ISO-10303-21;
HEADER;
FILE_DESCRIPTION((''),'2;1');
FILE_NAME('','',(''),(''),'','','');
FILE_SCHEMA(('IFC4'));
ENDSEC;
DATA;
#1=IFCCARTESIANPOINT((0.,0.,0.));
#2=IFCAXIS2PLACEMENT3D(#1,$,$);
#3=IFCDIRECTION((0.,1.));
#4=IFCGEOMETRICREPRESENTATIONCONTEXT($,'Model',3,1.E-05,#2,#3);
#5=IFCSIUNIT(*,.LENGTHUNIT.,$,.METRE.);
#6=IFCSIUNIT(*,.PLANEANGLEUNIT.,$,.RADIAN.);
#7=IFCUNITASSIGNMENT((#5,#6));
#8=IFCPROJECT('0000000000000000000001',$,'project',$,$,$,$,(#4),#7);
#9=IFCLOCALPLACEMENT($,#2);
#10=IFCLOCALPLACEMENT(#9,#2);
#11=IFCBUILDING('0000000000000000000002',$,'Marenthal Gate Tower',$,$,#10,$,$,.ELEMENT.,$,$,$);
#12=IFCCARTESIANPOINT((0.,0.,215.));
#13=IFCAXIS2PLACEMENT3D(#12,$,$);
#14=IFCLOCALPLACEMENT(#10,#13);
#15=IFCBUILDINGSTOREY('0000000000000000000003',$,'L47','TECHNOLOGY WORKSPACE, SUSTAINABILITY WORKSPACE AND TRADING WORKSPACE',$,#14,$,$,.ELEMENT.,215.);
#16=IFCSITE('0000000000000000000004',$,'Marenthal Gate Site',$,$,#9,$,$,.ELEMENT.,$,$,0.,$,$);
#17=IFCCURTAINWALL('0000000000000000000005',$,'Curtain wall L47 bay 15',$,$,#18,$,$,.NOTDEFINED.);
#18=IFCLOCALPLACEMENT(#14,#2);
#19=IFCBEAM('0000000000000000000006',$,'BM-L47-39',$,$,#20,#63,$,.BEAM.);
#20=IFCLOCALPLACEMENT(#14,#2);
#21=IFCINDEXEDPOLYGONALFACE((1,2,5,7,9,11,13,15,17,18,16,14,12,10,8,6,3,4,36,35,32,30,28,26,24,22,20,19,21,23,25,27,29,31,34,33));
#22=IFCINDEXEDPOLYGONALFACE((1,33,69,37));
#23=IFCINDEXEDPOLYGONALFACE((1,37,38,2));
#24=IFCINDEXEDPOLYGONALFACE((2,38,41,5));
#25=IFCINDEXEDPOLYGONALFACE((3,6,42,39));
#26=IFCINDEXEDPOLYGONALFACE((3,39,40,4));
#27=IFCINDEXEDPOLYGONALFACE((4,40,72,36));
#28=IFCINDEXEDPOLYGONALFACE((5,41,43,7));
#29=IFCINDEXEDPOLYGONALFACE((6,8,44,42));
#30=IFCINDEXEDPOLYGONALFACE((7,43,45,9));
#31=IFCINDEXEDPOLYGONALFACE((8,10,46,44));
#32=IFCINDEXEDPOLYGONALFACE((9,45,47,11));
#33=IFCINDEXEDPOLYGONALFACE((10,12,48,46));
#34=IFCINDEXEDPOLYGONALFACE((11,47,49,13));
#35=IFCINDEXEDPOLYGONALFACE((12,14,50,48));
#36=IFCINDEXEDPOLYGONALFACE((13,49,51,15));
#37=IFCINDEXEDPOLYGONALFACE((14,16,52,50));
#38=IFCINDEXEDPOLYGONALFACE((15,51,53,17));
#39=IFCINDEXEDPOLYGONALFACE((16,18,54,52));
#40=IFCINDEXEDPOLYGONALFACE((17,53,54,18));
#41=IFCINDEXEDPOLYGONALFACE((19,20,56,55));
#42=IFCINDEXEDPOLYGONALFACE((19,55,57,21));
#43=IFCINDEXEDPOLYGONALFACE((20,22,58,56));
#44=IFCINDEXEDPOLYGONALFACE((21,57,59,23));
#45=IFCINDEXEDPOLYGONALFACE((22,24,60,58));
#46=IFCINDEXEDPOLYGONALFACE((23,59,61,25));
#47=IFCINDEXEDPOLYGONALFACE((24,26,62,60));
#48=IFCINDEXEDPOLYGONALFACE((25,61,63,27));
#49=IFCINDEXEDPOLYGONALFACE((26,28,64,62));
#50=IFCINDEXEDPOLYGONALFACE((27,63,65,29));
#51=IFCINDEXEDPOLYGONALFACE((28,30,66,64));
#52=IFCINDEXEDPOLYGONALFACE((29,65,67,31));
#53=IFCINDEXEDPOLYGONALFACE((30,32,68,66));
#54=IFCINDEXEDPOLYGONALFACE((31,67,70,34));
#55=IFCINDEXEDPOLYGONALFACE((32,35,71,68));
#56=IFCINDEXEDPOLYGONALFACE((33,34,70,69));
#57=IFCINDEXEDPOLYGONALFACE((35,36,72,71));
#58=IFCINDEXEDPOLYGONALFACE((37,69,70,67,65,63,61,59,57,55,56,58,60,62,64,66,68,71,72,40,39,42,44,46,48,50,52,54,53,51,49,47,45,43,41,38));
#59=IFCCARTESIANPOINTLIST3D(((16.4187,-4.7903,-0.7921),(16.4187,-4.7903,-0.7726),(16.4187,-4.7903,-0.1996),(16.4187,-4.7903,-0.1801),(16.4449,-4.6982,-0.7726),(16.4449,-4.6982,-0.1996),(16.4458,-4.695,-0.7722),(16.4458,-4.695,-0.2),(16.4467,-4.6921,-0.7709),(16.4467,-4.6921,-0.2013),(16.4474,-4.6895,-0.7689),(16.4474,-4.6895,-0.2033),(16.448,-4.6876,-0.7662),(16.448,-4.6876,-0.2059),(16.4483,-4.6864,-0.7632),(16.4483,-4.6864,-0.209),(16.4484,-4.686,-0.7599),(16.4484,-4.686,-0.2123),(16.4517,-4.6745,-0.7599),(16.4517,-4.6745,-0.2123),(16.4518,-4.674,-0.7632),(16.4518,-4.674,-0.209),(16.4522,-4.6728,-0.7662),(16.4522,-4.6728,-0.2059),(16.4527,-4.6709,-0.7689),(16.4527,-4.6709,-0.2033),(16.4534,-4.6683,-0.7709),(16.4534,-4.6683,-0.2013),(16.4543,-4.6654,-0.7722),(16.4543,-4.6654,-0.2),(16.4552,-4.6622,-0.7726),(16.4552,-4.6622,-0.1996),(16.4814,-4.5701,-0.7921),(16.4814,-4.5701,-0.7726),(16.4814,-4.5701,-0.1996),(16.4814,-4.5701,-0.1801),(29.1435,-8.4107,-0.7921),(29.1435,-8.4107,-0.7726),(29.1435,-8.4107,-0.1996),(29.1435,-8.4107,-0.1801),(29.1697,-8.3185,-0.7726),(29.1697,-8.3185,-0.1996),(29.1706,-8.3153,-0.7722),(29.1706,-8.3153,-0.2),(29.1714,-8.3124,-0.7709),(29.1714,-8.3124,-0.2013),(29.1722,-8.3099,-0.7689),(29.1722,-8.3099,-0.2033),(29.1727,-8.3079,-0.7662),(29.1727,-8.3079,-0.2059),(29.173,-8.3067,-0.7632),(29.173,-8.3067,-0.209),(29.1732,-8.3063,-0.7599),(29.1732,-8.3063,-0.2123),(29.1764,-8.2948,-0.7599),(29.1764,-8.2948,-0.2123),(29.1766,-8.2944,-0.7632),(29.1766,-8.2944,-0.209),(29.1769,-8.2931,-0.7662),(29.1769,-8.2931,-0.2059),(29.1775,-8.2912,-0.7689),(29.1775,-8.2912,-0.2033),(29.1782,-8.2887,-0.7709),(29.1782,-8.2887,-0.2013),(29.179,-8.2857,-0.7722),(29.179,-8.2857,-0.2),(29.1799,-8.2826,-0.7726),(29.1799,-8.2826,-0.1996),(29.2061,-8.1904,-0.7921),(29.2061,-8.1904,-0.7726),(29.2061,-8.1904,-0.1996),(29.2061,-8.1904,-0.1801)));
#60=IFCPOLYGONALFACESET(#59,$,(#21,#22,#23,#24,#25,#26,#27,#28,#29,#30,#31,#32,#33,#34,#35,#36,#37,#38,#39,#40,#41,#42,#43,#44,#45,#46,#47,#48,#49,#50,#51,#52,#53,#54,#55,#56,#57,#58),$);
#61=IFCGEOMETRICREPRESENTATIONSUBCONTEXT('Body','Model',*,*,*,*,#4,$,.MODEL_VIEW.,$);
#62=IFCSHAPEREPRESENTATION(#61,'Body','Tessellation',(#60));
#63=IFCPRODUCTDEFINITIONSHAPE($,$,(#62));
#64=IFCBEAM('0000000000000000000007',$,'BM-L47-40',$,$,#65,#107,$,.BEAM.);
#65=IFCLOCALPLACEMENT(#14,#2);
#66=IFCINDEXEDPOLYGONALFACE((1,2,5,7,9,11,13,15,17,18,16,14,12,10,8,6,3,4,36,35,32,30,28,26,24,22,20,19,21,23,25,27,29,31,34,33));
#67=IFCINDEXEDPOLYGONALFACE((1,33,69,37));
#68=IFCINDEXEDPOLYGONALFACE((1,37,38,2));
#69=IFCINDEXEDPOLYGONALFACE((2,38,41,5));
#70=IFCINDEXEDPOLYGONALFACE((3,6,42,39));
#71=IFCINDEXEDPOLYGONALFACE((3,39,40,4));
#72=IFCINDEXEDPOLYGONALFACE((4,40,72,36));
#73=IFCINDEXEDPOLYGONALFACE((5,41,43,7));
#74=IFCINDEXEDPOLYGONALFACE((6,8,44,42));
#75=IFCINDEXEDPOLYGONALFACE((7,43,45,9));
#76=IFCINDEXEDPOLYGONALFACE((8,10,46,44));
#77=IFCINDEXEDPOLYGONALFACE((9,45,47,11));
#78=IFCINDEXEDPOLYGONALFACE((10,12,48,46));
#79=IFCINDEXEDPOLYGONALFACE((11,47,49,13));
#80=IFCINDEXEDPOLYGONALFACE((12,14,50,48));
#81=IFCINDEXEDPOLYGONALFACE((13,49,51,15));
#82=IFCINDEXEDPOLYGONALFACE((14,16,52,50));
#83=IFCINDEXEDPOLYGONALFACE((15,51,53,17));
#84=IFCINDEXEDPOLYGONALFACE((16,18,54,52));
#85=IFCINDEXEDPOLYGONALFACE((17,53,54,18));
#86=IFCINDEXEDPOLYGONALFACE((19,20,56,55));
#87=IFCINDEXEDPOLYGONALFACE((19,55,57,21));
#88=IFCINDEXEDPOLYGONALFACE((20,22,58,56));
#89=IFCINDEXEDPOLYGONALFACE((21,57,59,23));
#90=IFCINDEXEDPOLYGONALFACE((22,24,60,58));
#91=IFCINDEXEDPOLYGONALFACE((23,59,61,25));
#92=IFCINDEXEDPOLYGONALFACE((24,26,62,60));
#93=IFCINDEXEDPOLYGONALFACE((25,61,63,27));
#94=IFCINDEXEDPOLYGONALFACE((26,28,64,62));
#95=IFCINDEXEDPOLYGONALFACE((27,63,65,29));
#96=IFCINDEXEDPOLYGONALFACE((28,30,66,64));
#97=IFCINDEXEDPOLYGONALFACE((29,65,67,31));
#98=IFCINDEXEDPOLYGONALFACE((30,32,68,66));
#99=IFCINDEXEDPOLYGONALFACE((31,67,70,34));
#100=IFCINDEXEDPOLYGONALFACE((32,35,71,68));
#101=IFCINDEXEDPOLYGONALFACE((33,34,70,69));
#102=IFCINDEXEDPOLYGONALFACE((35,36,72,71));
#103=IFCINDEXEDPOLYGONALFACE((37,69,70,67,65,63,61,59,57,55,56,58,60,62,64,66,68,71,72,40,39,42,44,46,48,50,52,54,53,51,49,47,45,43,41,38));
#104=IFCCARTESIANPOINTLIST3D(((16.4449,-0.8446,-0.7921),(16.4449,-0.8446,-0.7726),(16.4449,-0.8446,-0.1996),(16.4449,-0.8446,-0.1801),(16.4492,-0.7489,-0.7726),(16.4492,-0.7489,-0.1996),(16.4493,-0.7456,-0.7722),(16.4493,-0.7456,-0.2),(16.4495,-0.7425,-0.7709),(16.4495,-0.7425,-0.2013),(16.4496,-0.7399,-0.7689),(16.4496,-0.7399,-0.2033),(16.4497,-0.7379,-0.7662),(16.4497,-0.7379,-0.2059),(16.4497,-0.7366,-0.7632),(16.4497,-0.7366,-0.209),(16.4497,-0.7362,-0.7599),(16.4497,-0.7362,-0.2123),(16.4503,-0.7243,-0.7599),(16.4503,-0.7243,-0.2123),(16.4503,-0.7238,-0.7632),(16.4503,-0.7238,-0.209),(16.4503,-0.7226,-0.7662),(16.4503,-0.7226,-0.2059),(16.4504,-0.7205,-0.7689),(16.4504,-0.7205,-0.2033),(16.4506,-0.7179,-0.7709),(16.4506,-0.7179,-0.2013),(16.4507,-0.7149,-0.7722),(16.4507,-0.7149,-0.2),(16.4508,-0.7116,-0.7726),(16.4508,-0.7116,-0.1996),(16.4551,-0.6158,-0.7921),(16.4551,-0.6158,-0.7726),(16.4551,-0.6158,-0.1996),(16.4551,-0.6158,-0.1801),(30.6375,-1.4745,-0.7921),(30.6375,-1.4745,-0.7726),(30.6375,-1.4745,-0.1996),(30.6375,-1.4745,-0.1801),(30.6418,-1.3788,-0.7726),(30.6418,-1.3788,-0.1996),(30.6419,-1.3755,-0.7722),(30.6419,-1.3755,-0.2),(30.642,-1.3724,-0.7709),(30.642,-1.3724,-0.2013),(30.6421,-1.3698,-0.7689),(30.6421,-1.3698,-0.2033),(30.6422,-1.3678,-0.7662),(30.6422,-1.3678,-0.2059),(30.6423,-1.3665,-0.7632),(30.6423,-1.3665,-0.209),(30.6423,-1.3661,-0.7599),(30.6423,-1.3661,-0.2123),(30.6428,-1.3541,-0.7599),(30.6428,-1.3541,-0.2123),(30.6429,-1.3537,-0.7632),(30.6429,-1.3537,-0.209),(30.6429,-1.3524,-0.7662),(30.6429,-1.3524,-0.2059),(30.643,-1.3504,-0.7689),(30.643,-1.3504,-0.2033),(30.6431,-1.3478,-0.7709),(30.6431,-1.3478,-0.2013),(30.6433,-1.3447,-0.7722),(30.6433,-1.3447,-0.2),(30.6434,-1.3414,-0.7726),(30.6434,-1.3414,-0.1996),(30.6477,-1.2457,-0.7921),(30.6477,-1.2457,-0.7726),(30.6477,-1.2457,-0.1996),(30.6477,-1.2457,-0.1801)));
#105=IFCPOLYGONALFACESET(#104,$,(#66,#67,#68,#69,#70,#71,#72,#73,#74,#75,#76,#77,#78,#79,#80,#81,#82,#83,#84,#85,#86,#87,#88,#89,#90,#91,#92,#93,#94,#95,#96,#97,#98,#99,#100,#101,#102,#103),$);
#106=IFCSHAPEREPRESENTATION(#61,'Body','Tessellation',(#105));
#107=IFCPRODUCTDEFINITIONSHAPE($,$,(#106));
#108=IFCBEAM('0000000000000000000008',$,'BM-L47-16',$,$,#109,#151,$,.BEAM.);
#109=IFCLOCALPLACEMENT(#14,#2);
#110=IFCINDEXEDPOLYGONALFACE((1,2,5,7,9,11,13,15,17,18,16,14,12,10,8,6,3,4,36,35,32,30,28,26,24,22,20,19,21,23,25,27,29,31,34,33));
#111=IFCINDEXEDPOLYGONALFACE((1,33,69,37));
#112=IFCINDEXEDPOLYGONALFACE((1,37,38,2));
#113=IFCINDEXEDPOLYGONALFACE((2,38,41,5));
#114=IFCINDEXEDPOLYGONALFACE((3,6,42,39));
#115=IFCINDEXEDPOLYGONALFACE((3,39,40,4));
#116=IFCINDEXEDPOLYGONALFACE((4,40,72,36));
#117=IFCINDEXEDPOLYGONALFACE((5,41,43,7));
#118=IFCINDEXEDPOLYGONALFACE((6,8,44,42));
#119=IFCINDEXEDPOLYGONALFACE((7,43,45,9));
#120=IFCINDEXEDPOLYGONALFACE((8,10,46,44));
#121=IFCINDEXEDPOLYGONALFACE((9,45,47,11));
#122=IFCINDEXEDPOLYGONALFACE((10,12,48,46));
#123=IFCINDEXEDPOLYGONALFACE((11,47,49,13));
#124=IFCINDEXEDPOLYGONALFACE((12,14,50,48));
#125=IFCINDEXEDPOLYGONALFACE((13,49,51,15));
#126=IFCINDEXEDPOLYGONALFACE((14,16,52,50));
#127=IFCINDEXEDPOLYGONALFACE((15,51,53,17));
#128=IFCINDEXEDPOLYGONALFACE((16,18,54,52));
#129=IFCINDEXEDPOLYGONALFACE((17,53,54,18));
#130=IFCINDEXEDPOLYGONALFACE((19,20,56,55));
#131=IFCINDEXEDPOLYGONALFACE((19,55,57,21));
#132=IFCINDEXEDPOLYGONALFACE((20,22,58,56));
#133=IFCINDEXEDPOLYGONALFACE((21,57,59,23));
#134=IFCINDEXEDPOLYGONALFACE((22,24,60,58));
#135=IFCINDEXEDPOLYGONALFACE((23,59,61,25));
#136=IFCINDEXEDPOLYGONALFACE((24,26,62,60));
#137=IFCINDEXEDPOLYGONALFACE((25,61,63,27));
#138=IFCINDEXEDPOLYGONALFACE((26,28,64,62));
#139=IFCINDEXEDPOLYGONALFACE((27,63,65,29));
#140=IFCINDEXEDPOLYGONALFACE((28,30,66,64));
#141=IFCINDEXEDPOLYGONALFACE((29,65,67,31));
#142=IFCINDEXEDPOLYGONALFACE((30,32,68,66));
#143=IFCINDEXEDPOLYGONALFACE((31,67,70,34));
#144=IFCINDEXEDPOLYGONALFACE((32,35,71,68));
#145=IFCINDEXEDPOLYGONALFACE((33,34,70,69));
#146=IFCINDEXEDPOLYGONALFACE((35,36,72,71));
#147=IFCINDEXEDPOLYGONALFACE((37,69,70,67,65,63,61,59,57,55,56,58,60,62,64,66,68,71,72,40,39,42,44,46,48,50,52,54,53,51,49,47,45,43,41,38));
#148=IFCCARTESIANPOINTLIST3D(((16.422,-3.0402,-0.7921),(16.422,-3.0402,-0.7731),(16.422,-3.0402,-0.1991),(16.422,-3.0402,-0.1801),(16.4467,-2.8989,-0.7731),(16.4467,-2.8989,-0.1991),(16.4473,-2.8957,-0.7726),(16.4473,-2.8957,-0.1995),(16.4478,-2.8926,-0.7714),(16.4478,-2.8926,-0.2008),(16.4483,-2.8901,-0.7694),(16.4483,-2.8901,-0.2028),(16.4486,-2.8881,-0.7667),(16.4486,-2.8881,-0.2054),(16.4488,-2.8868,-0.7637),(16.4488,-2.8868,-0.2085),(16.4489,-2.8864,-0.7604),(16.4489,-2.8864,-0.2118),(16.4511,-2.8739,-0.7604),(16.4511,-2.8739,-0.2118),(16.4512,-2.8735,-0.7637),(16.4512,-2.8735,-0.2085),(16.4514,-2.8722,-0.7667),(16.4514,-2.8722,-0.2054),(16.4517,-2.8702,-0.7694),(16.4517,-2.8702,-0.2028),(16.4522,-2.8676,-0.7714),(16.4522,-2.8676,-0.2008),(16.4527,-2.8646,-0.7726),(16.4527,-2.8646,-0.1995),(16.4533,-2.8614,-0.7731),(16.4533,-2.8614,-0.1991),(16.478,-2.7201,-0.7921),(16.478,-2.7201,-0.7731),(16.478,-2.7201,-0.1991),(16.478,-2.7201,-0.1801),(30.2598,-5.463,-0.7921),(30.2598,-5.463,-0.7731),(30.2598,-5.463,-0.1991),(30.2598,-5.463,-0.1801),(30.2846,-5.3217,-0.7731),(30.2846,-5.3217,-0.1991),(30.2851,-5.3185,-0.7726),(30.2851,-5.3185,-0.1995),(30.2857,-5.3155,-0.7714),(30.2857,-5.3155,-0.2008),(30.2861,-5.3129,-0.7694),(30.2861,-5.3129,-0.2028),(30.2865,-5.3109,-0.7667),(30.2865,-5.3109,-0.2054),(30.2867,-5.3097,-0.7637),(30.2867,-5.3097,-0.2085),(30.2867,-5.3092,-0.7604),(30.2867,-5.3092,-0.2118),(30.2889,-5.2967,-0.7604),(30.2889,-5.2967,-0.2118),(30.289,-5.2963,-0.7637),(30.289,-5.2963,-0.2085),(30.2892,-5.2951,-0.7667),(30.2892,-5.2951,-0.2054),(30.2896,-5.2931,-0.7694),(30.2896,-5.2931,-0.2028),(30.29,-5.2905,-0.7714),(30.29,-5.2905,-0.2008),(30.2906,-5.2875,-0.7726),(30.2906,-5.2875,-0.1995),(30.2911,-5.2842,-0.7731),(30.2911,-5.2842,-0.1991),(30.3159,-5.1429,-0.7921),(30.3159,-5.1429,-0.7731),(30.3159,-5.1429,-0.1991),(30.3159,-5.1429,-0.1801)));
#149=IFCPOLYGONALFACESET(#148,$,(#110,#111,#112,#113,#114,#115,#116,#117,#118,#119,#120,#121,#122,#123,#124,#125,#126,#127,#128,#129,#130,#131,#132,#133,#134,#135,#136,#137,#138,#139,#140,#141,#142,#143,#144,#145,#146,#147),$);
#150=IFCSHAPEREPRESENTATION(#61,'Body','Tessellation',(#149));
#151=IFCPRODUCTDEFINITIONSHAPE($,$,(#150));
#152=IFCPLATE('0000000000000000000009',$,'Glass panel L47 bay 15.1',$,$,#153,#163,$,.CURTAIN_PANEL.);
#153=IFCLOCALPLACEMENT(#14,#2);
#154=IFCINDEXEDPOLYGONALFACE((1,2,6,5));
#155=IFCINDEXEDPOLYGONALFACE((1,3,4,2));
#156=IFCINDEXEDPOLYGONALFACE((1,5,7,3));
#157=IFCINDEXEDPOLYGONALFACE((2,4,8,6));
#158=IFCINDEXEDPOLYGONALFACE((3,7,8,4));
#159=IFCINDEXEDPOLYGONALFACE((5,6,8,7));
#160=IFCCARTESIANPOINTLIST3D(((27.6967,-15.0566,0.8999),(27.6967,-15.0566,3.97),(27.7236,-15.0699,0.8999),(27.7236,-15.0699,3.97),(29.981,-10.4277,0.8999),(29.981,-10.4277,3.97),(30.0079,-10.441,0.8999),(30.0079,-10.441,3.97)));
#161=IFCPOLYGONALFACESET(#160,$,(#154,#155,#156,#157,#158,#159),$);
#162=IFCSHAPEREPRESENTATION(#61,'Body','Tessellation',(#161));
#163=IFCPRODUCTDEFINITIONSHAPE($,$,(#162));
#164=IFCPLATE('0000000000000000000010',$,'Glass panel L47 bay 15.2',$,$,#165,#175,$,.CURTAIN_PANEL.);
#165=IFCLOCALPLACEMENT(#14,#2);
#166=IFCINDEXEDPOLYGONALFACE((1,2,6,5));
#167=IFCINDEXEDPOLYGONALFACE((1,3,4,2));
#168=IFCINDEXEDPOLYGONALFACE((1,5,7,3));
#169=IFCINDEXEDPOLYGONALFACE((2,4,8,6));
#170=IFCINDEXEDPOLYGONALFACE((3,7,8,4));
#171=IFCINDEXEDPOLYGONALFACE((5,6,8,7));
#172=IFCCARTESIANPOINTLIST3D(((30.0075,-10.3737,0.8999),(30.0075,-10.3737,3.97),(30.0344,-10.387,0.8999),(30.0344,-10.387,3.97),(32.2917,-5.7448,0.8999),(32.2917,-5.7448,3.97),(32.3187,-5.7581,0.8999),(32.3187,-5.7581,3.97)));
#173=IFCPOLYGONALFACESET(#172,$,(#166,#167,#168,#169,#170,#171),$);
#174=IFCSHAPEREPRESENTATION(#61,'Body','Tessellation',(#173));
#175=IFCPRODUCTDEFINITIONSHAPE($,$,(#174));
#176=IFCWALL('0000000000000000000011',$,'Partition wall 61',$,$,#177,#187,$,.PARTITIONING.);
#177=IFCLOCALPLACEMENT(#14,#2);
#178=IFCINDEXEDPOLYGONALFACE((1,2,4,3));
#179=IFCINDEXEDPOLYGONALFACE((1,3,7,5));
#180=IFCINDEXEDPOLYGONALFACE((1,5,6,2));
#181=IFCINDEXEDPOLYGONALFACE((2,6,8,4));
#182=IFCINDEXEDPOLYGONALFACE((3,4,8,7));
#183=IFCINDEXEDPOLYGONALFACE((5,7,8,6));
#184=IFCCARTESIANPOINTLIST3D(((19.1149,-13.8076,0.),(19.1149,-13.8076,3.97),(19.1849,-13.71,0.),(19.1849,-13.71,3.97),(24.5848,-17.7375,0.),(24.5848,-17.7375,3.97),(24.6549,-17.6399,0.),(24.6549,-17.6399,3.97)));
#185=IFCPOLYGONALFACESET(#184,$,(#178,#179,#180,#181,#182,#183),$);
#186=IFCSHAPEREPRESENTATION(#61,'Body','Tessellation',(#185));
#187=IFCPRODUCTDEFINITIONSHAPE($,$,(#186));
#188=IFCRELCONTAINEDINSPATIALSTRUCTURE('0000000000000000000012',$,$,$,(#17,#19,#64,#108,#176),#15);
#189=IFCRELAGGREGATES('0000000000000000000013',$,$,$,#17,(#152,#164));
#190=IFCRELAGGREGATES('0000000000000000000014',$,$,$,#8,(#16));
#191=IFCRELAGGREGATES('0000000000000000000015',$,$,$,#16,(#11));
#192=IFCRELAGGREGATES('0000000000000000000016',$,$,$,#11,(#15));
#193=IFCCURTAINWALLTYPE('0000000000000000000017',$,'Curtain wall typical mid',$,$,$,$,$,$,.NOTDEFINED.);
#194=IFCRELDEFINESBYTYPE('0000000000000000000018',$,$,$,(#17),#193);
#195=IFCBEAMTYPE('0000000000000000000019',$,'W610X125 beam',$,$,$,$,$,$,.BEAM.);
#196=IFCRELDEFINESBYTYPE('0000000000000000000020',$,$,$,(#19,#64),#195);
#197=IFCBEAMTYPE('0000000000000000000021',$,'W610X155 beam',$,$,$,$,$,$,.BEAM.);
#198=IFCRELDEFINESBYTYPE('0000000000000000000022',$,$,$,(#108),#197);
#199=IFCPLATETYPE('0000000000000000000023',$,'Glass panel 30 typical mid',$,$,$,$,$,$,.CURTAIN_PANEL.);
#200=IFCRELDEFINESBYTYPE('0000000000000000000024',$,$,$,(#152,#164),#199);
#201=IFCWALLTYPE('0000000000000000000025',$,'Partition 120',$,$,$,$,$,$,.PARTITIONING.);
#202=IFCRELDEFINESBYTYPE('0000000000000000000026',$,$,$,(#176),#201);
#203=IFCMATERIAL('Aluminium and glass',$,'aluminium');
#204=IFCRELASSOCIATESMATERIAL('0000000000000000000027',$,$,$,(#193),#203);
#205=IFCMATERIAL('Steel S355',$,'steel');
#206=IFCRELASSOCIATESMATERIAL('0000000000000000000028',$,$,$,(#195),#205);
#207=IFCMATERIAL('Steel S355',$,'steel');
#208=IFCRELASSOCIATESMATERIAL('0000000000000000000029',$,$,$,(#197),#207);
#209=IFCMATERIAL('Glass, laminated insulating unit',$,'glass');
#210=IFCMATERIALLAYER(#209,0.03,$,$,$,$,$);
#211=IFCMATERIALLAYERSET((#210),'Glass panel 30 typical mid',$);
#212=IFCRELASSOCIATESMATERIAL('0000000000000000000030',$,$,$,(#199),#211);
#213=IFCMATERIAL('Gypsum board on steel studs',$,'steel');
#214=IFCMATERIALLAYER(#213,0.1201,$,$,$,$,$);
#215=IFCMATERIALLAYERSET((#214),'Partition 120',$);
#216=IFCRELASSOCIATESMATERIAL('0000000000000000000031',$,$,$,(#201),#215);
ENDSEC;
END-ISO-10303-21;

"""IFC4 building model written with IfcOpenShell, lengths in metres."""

from ifc_helpers import new_model, si_unit, direction, frame, frame_2d, origin, origin_2d, place, context, subcontext, project, spatial, rectangle, i_section, extrude, material, layer, layer_set, material_profile, profile_set, type_object, element, aggregate, save


model = new_model("IFC4")

# Units and contexts
model_context = context("Model", 3, precision=1e-05, world=origin(), true_north=direction((0.0, 1.0)))
body_context = subcontext(model_context, "Body", "Model", "MODEL_VIEW")
ifc_project = project(units=[si_unit("LENGTHUNIT", "METRE"), si_unit("PLANEANGLEUNIT", "RADIAN")], contexts=[model_context])

# Site, building, storey
site_placement = place(None, origin())
site = spatial("IfcSite", under=ifc_project, at=site_placement, Name="Marenthal Gate Site", CompositionType="ELEMENT", RefElevation=0.0)
building_placement = place(site_placement, origin())
building = spatial("IfcBuilding", under=site, at=building_placement, Name="Marenthal Gate Tower", CompositionType="ELEMENT")
storey_placement = place(building_placement, frame((0.0, 0.0, 215.0)))
storey = spatial("IfcBuildingStorey", under=building, at=storey_placement, Name="L47", Description="TECHNOLOGY WORKSPACE, SUSTAINABILITY WORKSPACE AND TRADING WORKSPACE", CompositionType="ELEMENT", Elevation=215.0)

# Curtain wall
ifc_material_1 = material(Name="Aluminium and glass", Category="aluminium")
curtain_wall_type = type_object("IfcCurtainWallType", Name="Curtain wall typical mid", PredefinedType="NOTDEFINED", material=ifc_material_1)
curtain_wall_placement = place(storey_placement, origin())
curtain_wall = element("IfcCurtainWall", 1, at=curtain_wall_placement, inside=storey, type_object=curtain_wall_type, Name="Curtain wall L47 bay 15", PredefinedType="NOTDEFINED")

# Beams
ifc_material_2 = material(Name="Steel S355", Category="steel")
ifc_material_profile_1 = material_profile(ifc_material_2, i_section(OverallWidth=0.229, OverallDepth=0.6121, WebThickness=0.012, FlangeThickness=0.0195, FilletRadius=0.0127, at=origin_2d()), Name="W610X125")
ifc_profile_set_1 = profile_set([ifc_material_profile_1], Name="Steel S355")
beam_type_1 = type_object("IfcBeamType", Name="W610X125 beam", PredefinedType="BEAM", material=ifc_profile_set_1)
beam_1_placement = place(storey_placement, frame((29.1748, -8.3005, -0.4861), z_axis=(-0.961829, 0.273651, 0.0), x_axis=(-0.273651, -0.961829, 0.0)))
element("IfcBeam", 2, at=beam_1_placement, inside=storey, type_object=beam_type_1, Name="BM-L47-39", PredefinedType="BEAM", context=body_context, shape_type="SweptSolid", body=[
    extrude(i_section(OverallWidth=0.229, OverallDepth=0.6121, WebThickness=0.012, FlangeThickness=0.0195, FilletRadius=0.0127, at=origin_2d()), origin(), (0.0, 0.0, 1.0), 13.2297),
])
beam_2_placement = place(storey_placement, frame((30.6426, -1.3601, -0.4861), z_axis=(-0.999017, 0.044337, 0.0), x_axis=(-0.044337, -0.999017, 0.0)))
element("IfcBeam", 3, at=beam_2_placement, inside=storey, type_object=beam_type_1, Name="BM-L47-40", PredefinedType="BEAM", context=body_context, shape_type="SweptSolid", body=[
    extrude(i_section(OverallWidth=0.229, OverallDepth=0.6121, WebThickness=0.012, FlangeThickness=0.0195, FilletRadius=0.0127, at=origin_2d()), origin(), (0.0, 0.0, 1.0), 14.2065),
])
ifc_material_3 = material(Name="Steel S355", Category="steel")
ifc_material_profile_2 = material_profile(ifc_material_3, i_section(OverallWidth=0.325, OverallDepth=0.6121, WebThickness=0.0127, FlangeThickness=0.019, FilletRadius=0.0127, at=origin_2d()), Name="W610X155")
ifc_profile_set_2 = profile_set([ifc_material_profile_2], Name="Steel S355")
beam_type_2 = type_object("IfcBeamType", Name="W610X155 beam", PredefinedType="BEAM", material=ifc_profile_set_2)
beam_3_placement = place(storey_placement, frame((30.2878, -5.303, -0.4861), z_axis=(-0.985016, 0.172465, 0.0), x_axis=(-0.172465, -0.985016, 0.0)))
element("IfcBeam", 4, at=beam_3_placement, inside=storey, type_object=beam_type_2, Name="BM-L47-16", PredefinedType="BEAM", context=body_context, shape_type="SweptSolid", body=[
    extrude(i_section(OverallWidth=0.325, OverallDepth=0.6121, WebThickness=0.0127, FlangeThickness=0.019, FilletRadius=0.0127, at=origin_2d()), origin(), (0.0, 0.0, 1.0), 14.0483),
])

# Plates
ifc_material_4 = material(Name="Glass, laminated insulating unit", Category="glass")
ifc_layer_1 = layer(ifc_material_4, 0.03)
ifc_layer_set_1 = layer_set([ifc_layer_1], Name="Glass panel 30 typical mid")
plate_type = type_object("IfcPlateType", Name="Glass panel 30 typical mid", PredefinedType="CURTAIN_PANEL", material=ifc_layer_set_1)
plate_1_placement = place(storey_placement, frame((28.8523, -12.7488, 0.8999), z_axis=(0.0, 0.0, 1.0), x_axis=(0.442523, 0.896757, 0.0)))
plate_1 = element("IfcPlate", 5, at=plate_1_placement, type_object=plate_type, Name="Glass panel L47 bay 15.1", PredefinedType="CURTAIN_PANEL", context=body_context, shape_type="SweptSolid", body=[
    extrude(rectangle(XDim=5.1619, YDim=0.03, at=origin_2d()), origin(), (0.0, 0.0, 1.0), 3.0701),
])
plate_2_placement = place(storey_placement, frame((31.1631, -8.0659, 0.8999), z_axis=(0.0, 0.0, 1.0), x_axis=(0.442523, 0.896757, 0.0)))
plate_2 = element("IfcPlate", 6, at=plate_2_placement, type_object=plate_type, Name="Glass panel L47 bay 15.2", PredefinedType="CURTAIN_PANEL", context=body_context, shape_type="SweptSolid", body=[
    extrude(rectangle(XDim=5.1619, YDim=0.03, at=origin_2d()), origin(), (0.0, 0.0, 1.0), 3.0701),
])
aggregate(curtain_wall, [plate_1, plate_2])

# Wall
ifc_material_5 = material(Name="Gypsum board on steel studs", Category="steel")
ifc_layer_2 = layer(ifc_material_5, 0.1201)
ifc_layer_set_2 = layer_set([ifc_layer_2], Name="Partition 120")
wall_type_1 = type_object("IfcWallType", Name="Partition 120", PredefinedType="PARTITIONING", material=ifc_layer_set_2)
wall_1_placement = place(storey_placement, frame((19.1499, -13.7588, 0.0), z_axis=(0.0, 0.0, 1.0), x_axis=(0.812129, -0.583478, 0.0)))
element("IfcWall", 7, at=wall_1_placement, inside=storey, type_object=wall_type_1, Name="Partition wall 61", PredefinedType="PARTITIONING", context=body_context, shape_type="SweptSolid", body=[
    extrude(rectangle(XDim=6.7354, YDim=0.1201, at=frame_2d((3.3677, 0.0))), origin(), (0.0, 0.0, 1.0), 3.97),
])

save(model, "model.ifc")
